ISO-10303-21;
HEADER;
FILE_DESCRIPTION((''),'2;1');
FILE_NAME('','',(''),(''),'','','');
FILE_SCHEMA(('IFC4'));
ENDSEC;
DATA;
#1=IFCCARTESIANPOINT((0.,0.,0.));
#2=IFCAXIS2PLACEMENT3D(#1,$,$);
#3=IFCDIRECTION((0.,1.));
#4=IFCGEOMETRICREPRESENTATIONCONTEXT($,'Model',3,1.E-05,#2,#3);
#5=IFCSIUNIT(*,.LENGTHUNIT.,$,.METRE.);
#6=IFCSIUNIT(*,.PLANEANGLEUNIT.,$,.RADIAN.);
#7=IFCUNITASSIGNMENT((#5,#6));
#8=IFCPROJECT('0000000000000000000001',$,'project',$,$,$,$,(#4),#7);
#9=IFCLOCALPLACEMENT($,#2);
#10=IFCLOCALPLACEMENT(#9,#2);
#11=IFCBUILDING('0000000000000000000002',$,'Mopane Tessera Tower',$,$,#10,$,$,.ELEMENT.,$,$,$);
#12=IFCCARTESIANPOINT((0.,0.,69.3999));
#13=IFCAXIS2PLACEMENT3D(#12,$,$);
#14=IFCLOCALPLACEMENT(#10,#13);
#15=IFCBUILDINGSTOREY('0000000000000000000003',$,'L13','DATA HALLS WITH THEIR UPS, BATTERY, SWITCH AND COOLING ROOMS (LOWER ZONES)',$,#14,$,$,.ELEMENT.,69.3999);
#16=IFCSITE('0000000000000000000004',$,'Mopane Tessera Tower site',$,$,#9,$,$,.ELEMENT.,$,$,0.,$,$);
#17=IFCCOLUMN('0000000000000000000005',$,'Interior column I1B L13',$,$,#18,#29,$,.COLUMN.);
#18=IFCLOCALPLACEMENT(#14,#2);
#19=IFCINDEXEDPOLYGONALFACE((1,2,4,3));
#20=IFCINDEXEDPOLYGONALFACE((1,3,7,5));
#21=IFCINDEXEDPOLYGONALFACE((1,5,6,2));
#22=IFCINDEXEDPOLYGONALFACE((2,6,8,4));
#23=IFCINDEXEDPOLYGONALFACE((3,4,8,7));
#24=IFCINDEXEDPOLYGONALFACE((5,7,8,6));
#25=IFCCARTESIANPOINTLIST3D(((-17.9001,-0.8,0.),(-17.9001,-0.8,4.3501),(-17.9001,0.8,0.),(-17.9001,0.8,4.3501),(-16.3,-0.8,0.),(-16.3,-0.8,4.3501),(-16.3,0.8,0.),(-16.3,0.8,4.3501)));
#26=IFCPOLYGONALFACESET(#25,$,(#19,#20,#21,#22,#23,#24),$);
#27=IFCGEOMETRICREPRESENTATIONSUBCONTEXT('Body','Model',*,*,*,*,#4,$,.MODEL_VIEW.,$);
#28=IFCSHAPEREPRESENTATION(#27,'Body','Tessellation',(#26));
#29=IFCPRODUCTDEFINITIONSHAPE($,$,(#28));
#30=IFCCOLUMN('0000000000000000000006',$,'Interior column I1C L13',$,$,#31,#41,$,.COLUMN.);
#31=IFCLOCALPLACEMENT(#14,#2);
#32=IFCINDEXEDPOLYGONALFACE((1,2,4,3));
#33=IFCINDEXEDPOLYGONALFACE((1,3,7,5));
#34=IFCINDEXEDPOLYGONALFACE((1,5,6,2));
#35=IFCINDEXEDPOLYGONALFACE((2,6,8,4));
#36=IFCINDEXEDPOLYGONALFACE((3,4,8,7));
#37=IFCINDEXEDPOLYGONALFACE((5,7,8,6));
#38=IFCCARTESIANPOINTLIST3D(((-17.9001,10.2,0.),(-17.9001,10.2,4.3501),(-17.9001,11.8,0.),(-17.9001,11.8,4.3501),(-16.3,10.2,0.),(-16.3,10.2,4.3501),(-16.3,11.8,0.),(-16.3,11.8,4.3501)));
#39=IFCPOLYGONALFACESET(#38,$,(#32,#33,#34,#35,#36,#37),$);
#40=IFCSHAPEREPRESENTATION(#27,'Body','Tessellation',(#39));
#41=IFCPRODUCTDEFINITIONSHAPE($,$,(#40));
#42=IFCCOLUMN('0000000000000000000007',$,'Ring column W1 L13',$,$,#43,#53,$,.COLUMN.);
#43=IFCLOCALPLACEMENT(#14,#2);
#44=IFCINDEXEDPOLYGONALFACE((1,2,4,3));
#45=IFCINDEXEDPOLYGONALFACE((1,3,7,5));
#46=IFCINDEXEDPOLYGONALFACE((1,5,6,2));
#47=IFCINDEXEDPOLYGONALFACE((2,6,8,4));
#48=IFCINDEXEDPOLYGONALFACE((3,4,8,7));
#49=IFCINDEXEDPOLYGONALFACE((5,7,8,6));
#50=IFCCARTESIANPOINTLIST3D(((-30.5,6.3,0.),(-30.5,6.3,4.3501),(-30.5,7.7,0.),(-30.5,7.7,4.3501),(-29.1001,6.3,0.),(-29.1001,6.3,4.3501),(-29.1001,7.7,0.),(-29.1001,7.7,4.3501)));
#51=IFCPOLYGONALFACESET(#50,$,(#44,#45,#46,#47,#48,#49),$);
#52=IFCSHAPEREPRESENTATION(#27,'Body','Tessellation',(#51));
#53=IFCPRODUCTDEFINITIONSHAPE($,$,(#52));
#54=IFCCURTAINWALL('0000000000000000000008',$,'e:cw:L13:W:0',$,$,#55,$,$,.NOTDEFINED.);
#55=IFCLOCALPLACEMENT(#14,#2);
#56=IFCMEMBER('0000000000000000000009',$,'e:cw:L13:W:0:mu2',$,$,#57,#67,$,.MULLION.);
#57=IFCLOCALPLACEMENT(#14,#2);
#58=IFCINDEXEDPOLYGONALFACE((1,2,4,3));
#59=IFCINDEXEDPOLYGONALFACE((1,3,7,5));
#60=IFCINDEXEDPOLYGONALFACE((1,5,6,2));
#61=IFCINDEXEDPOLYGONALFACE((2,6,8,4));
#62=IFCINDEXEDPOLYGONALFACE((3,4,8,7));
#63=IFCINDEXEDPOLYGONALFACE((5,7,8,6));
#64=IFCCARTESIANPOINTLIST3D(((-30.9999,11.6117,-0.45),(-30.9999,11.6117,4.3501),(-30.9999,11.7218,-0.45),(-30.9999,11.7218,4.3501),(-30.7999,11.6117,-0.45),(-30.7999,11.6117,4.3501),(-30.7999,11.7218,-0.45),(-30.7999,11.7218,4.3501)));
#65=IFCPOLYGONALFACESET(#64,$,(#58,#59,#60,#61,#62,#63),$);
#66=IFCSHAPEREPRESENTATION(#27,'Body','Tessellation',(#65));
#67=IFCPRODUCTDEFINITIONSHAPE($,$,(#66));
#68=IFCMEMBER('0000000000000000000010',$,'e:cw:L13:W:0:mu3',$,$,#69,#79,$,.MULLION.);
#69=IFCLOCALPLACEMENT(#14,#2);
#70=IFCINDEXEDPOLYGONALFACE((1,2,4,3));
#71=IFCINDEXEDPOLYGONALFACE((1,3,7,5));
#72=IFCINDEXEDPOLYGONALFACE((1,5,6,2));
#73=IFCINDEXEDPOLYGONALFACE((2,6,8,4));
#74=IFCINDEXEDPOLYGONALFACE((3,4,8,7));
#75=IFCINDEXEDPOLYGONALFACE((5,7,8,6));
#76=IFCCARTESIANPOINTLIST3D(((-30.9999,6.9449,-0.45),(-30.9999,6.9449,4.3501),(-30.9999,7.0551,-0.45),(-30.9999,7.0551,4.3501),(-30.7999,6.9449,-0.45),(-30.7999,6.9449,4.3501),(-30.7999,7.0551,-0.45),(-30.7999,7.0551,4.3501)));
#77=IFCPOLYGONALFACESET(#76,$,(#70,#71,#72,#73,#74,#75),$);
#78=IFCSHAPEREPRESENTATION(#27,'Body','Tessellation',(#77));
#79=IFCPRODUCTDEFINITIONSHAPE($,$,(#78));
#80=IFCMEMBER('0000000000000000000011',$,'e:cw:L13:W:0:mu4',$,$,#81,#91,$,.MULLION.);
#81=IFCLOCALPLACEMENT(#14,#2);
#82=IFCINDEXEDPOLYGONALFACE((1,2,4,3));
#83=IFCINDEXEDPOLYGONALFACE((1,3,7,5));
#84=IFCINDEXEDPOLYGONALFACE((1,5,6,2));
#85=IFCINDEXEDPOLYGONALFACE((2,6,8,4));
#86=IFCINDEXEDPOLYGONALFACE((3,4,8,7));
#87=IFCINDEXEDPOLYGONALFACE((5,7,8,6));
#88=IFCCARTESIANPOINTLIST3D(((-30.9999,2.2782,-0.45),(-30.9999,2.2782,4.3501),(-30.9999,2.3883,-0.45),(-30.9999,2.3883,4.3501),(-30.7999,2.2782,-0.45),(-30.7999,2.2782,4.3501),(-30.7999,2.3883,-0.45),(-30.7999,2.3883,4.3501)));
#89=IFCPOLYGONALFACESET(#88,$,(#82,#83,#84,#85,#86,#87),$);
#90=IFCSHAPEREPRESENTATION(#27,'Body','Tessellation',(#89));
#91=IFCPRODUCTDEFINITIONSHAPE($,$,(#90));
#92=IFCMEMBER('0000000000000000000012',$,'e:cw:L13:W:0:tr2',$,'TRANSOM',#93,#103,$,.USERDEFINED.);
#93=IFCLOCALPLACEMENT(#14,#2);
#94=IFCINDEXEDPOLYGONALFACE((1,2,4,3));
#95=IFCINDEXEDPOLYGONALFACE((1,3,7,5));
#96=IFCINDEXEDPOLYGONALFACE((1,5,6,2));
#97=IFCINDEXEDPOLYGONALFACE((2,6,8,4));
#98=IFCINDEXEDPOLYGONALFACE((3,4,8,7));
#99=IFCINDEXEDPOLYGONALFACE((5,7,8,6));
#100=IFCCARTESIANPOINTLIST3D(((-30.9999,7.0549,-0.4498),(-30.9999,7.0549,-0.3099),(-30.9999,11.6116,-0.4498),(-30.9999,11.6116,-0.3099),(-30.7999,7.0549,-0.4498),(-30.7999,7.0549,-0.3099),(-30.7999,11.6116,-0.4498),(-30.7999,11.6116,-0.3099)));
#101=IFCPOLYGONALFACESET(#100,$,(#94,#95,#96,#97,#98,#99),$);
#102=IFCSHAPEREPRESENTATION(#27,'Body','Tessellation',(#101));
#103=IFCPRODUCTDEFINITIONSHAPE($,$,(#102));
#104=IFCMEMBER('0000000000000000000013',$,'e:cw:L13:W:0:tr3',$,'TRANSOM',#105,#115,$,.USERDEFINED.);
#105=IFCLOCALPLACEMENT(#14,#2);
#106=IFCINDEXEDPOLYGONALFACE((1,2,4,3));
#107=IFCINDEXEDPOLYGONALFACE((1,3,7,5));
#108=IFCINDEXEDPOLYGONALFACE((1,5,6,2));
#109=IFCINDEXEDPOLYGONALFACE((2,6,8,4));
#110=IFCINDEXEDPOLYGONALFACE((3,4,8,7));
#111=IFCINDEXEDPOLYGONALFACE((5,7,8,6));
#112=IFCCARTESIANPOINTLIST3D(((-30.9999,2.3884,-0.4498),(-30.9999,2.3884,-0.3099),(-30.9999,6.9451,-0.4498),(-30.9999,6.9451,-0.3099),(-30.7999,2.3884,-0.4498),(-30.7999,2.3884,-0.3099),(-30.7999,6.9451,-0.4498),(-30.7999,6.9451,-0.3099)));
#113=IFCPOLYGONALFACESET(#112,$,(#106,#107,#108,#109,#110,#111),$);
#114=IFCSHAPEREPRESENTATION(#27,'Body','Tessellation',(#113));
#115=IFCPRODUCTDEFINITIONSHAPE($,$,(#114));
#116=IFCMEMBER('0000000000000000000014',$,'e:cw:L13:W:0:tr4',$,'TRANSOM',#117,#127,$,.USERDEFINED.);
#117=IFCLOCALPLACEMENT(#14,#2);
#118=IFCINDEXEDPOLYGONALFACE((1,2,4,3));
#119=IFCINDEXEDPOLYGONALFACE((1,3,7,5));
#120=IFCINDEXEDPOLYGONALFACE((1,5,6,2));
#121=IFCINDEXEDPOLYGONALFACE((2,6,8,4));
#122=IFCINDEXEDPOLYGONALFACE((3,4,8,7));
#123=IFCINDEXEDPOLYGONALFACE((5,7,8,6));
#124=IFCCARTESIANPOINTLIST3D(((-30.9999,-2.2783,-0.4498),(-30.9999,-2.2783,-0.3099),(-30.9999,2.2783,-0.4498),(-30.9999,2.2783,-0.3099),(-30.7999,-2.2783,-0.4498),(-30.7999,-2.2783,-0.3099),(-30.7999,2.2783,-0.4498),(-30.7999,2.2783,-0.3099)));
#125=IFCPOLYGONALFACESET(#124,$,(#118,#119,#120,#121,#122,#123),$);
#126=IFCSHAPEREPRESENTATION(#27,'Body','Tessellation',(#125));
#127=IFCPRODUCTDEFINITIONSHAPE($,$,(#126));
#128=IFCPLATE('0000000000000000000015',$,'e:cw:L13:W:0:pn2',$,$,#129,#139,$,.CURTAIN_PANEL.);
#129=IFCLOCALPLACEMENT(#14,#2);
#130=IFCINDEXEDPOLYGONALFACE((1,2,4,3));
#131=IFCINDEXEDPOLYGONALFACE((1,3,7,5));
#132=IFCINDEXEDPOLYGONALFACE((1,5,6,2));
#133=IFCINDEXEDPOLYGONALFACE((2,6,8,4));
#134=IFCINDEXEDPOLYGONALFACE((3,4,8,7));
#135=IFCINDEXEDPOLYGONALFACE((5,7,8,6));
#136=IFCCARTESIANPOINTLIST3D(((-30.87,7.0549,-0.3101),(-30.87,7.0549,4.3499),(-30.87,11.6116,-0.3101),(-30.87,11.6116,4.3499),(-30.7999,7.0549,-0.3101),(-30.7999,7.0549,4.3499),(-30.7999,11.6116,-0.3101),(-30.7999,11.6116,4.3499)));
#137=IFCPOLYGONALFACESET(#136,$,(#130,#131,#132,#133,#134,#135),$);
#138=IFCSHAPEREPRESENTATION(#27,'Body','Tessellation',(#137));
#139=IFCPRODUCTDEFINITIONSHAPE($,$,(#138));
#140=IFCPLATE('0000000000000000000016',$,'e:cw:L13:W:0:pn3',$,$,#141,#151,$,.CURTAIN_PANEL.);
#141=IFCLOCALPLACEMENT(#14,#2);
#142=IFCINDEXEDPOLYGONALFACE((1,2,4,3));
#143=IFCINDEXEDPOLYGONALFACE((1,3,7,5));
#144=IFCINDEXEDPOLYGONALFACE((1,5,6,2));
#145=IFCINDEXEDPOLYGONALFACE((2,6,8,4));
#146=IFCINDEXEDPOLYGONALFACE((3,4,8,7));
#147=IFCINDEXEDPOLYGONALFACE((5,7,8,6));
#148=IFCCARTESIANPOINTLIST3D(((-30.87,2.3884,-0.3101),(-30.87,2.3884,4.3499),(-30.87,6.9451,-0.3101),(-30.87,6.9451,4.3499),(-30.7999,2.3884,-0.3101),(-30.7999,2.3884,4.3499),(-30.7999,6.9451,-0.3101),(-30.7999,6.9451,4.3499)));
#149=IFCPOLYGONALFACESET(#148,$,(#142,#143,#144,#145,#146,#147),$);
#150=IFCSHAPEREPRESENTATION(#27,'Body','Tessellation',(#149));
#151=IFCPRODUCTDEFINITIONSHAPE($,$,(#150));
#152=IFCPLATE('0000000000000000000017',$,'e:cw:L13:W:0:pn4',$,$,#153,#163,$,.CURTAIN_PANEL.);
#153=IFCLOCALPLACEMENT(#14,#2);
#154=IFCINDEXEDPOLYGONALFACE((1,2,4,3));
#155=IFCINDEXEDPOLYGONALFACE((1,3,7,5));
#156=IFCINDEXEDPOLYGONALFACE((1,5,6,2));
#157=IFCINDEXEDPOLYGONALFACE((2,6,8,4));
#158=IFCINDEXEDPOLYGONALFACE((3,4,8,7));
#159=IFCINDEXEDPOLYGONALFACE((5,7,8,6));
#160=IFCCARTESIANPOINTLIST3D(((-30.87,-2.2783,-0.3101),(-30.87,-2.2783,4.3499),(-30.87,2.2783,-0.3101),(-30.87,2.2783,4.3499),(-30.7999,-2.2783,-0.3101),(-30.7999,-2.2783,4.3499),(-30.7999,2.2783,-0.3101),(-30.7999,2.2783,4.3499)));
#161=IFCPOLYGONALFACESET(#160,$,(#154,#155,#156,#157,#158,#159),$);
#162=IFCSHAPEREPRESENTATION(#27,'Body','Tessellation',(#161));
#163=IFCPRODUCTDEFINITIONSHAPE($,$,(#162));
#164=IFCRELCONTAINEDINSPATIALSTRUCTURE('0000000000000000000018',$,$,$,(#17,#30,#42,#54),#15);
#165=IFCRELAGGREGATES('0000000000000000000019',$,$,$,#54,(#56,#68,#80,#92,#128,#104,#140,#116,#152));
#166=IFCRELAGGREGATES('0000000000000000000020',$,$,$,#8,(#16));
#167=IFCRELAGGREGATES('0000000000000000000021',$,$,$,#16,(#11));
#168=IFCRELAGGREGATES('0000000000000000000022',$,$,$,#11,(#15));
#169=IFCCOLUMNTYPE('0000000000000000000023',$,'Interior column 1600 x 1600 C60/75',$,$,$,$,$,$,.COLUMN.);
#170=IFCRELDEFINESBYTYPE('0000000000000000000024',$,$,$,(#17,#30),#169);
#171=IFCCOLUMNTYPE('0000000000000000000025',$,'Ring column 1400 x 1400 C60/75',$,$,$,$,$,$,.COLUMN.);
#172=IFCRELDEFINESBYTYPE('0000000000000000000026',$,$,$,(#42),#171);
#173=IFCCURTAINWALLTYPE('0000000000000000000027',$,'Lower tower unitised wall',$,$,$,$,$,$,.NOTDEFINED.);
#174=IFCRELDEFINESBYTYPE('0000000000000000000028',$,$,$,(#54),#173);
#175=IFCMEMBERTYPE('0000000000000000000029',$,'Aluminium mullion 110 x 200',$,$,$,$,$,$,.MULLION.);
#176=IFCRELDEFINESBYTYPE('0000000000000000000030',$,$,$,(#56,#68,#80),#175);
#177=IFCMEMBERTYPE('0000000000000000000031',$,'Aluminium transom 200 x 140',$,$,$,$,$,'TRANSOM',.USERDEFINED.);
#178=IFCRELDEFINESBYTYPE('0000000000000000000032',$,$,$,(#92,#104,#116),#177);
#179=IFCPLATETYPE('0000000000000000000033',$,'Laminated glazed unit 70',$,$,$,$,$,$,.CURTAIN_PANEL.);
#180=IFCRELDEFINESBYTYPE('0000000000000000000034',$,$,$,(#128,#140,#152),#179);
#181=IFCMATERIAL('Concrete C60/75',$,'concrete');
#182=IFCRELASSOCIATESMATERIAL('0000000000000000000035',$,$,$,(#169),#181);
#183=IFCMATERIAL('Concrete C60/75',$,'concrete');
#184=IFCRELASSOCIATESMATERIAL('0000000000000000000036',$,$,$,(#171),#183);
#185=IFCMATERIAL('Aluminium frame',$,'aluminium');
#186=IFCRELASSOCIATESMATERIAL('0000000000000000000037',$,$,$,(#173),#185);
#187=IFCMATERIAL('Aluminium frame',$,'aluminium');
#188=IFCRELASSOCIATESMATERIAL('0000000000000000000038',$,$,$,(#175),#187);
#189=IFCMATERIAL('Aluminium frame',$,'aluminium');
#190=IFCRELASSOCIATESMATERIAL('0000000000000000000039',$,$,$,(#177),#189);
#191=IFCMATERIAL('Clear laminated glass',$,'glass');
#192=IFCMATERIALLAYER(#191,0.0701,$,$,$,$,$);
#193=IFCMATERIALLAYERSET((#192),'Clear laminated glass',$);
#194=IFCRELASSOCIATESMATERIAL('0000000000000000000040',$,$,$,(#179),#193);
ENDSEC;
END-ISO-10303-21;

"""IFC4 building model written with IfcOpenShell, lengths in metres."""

from ifc_helpers import new_model, si_unit, direction, frame, origin, origin_2d, place, context, subcontext, project, spatial, rectangle, extrude, material, layer, layer_set, material_profile, profile_set, type_object, element, aggregate, save


model = new_model("IFC4")

# Units and contexts
model_context = context("Model", 3, precision=1e-05, world=origin(), true_north=direction((0.0, 1.0)))
body_context = subcontext(model_context, "Body", "Model", "MODEL_VIEW")
ifc_project = project(units=[si_unit("LENGTHUNIT", "METRE"), si_unit("PLANEANGLEUNIT", "RADIAN")], contexts=[model_context])

# Site, building, storey
site_placement = place(None, origin())
site = spatial("IfcSite", under=ifc_project, at=site_placement, Name="Mopane Tessera Tower site", CompositionType="ELEMENT", RefElevation=0.0)
building_placement = place(site_placement, origin())
building = spatial("IfcBuilding", under=site, at=building_placement, Name="Mopane Tessera Tower", CompositionType="ELEMENT")
storey_placement = place(building_placement, frame((0.0, 0.0, 69.3999)))
storey = spatial("IfcBuildingStorey", under=building, at=storey_placement, Name="L13", Description="DATA HALLS WITH THEIR UPS, BATTERY, SWITCH AND COOLING ROOMS (LOWER ZONES)", CompositionType="ELEMENT", Elevation=69.3999)

# Columns
ifc_material_1 = material(Name="Concrete C60/75", Category="concrete")
ifc_material_profile_1 = material_profile(ifc_material_1, rectangle(XDim=1.6001, YDim=1.6001, at=origin_2d()))
ifc_profile_set_1 = profile_set([ifc_material_profile_1], Name="Concrete C60/75")
column_type_1 = type_object("IfcColumnType", Name="Interior column 1600 x 1600 C60/75", PredefinedType="COLUMN", material=ifc_profile_set_1)
for number, where, z_axis, x_axis, name in (
    (1, (-17.1001, 0.0, 0.0), (0.0, 0.0, 1.0), (1.0, 0.0, 0.0), "Interior column I1B L13"),
    (2, (-17.1001, 11.0, 0.0), (0.0, 0.0, 1.0), (1.0, 0.0, 0.0), "Interior column I1C L13"),
):
    element("IfcColumn", number, at=place(storey_placement, frame(where, z_axis=z_axis, x_axis=x_axis)), inside=storey, type_object=column_type_1, Name=name, PredefinedType="COLUMN", context=body_context, shape_type="SweptSolid", body=[
        extrude(rectangle(XDim=1.6001, YDim=1.6001, at=origin_2d()), origin(), (0.0, 0.0, 1.0), 4.3501),
    ])
ifc_material_2 = material(Name="Concrete C60/75", Category="concrete")
ifc_material_profile_2 = material_profile(ifc_material_2, rectangle(XDim=1.3999, YDim=1.3999, at=origin_2d()))
ifc_profile_set_2 = profile_set([ifc_material_profile_2], Name="Concrete C60/75")
column_type_2 = type_object("IfcColumnType", Name="Ring column 1400 x 1400 C60/75", PredefinedType="COLUMN", material=ifc_profile_set_2)
column_placement = place(storey_placement, frame((-29.8, 7.0, 0.0), z_axis=(0.0, 0.0, 1.0), x_axis=(1.0, 0.0, 0.0)))
element("IfcColumn", 3, at=column_placement, inside=storey, type_object=column_type_2, Name="Ring column W1 L13", PredefinedType="COLUMN", context=body_context, shape_type="SweptSolid", body=[
    extrude(rectangle(XDim=1.3999, YDim=1.3999, at=origin_2d()), origin(), (0.0, 0.0, 1.0), 4.3501),
])

# Curtain wall, members, plates
ifc_material_3 = material(Name="Aluminium frame", Category="aluminium")
curtain_wall_type = type_object("IfcCurtainWallType", Name="Lower tower unitised wall", PredefinedType="NOTDEFINED", material=ifc_material_3)
curtain_wall_placement = place(storey_placement, origin())
curtain_wall = element("IfcCurtainWall", 4, at=curtain_wall_placement, inside=storey, type_object=curtain_wall_type, Name="e:cw:L13:W:0", PredefinedType="NOTDEFINED")
ifc_material_4 = material(Name="Aluminium frame", Category="aluminium")
ifc_material_profile_3 = material_profile(ifc_material_4, rectangle(XDim=0.1101, YDim=0.2, at=origin_2d()))
ifc_profile_set_3 = profile_set([ifc_material_profile_3], Name="Aluminium frame")
member_type_1 = type_object("IfcMemberType", Name="Aluminium mullion 110 x 200", PredefinedType="MULLION", material=ifc_profile_set_3)
member_1_placement = place(storey_placement, frame((-30.8999, 11.6667, -0.45), z_axis=(0.0, 0.0, 1.0), x_axis=(0.0, -1.0, 0.0)))
member_1 = element("IfcMember", 5, at=member_1_placement, type_object=member_type_1, Name="e:cw:L13:W:0:mu2", PredefinedType="MULLION", context=body_context, shape_type="SweptSolid", body=[
    extrude(rectangle(XDim=0.1101, YDim=0.2, at=origin_2d()), origin(), (0.0, 0.0, 1.0), 4.8),
])
member_2_placement = place(storey_placement, frame((-30.8999, 7.0, -0.45), z_axis=(0.0, 0.0, 1.0), x_axis=(0.0, -1.0, 0.0)))
member_2 = element("IfcMember", 6, at=member_2_placement, type_object=member_type_1, Name="e:cw:L13:W:0:mu3", PredefinedType="MULLION", context=body_context, shape_type="SweptSolid", body=[
    extrude(rectangle(XDim=0.1101, YDim=0.2, at=origin_2d()), origin(), (0.0, 0.0, 1.0), 4.8),
])
member_3_placement = place(storey_placement, frame((-30.8999, 2.3333, -0.45), z_axis=(0.0, 0.0, 1.0), x_axis=(0.0, -1.0, 0.0)))
member_3 = element("IfcMember", 7, at=member_3_placement, type_object=member_type_1, Name="e:cw:L13:W:0:mu4", PredefinedType="MULLION", context=body_context, shape_type="SweptSolid", body=[
    extrude(rectangle(XDim=0.1101, YDim=0.2, at=origin_2d()), origin(), (0.0, 0.0, 1.0), 4.8),
])
ifc_material_5 = material(Name="Aluminium frame", Category="aluminium")
ifc_material_profile_4 = material_profile(ifc_material_5, rectangle(XDim=0.2, YDim=0.1399, at=origin_2d()))
ifc_profile_set_4 = profile_set([ifc_material_profile_4], Name="Aluminium frame")
member_type_2 = type_object("IfcMemberType", Name="Aluminium transom 200 x 140", ElementType="TRANSOM", PredefinedType="USERDEFINED", material=ifc_profile_set_4)
member_4_placement = place(storey_placement, frame((-30.8999, 11.6116, -0.3799), z_axis=(0.0, -1.0, 0.0), x_axis=(1.0, 0.0, 0.0)))
member_4 = element("IfcMember", 8, at=member_4_placement, type_object=member_type_2, Name="e:cw:L13:W:0:tr2", ObjectType="TRANSOM", PredefinedType="USERDEFINED", context=body_context, shape_type="SweptSolid", body=[
    extrude(rectangle(XDim=0.2, YDim=0.1399, at=origin_2d()), origin(), (0.0, 0.0, 1.0), 4.5566),
])
member_5_placement = place(storey_placement, frame((-30.8999, 6.9451, -0.3799), z_axis=(0.0, -1.0, 0.0), x_axis=(1.0, 0.0, 0.0)))
member_5 = element("IfcMember", 9, at=member_5_placement, type_object=member_type_2, Name="e:cw:L13:W:0:tr3", ObjectType="TRANSOM", PredefinedType="USERDEFINED", context=body_context, shape_type="SweptSolid", body=[
    extrude(rectangle(XDim=0.2, YDim=0.1399, at=origin_2d()), origin(), (0.0, 0.0, 1.0), 4.5566),
])
member_6_placement = place(storey_placement, frame((-30.8999, 2.2783, -0.3799), z_axis=(0.0, -1.0, 0.0), x_axis=(1.0, 0.0, 0.0)))
member_6 = element("IfcMember", 10, at=member_6_placement, type_object=member_type_2, Name="e:cw:L13:W:0:tr4", ObjectType="TRANSOM", PredefinedType="USERDEFINED", context=body_context, shape_type="SweptSolid", body=[
    extrude(rectangle(XDim=0.2, YDim=0.1399, at=origin_2d()), origin(), (0.0, 0.0, 1.0), 4.5566),
])
ifc_material_6 = material(Name="Clear laminated glass", Category="glass")
ifc_layer_1 = layer(ifc_material_6, 0.0701)
ifc_layer_set_1 = layer_set([ifc_layer_1], Name="Clear laminated glass")
plate_type = type_object("IfcPlateType", Name="Laminated glazed unit 70", PredefinedType="CURTAIN_PANEL", material=ifc_layer_set_1)
plate_1_placement = place(storey_placement, frame((-30.835, 9.3333, -0.3101), z_axis=(0.0, 0.0, 1.0), x_axis=(0.0, -1.0, 0.0)))
plate_1 = element("IfcPlate", 11, at=plate_1_placement, type_object=plate_type, Name="e:cw:L13:W:0:pn2", PredefinedType="CURTAIN_PANEL", context=body_context, shape_type="SweptSolid", body=[
    extrude(rectangle(XDim=4.5566, YDim=0.0701, at=origin_2d()), origin(), (0.0, 0.0, 1.0), 4.6599),
])
plate_2_placement = place(storey_placement, frame((-30.835, 4.6667, -0.3101), z_axis=(0.0, 0.0, 1.0), x_axis=(0.0, -1.0, 0.0)))
plate_2 = element("IfcPlate", 12, at=plate_2_placement, type_object=plate_type, Name="e:cw:L13:W:0:pn3", PredefinedType="CURTAIN_PANEL", context=body_context, shape_type="SweptSolid", body=[
    extrude(rectangle(XDim=4.5566, YDim=0.0701, at=origin_2d()), origin(), (0.0, 0.0, 1.0), 4.6599),
])
plate_3_placement = place(storey_placement, frame((-30.835, 0.0, -0.3101), z_axis=(0.0, 0.0, 1.0), x_axis=(0.0, -1.0, 0.0)))
plate_3 = element("IfcPlate", 13, at=plate_3_placement, type_object=plate_type, Name="e:cw:L13:W:0:pn4", PredefinedType="CURTAIN_PANEL", context=body_context, shape_type="SweptSolid", body=[
    extrude(rectangle(XDim=4.5566, YDim=0.0701, at=origin_2d()), origin(), (0.0, 0.0, 1.0), 4.6599),
])
aggregate(curtain_wall, [member_1, member_2, member_3, member_4, plate_1, member_5, plate_2, member_6, plate_3])

save(model, "model.ifc")
